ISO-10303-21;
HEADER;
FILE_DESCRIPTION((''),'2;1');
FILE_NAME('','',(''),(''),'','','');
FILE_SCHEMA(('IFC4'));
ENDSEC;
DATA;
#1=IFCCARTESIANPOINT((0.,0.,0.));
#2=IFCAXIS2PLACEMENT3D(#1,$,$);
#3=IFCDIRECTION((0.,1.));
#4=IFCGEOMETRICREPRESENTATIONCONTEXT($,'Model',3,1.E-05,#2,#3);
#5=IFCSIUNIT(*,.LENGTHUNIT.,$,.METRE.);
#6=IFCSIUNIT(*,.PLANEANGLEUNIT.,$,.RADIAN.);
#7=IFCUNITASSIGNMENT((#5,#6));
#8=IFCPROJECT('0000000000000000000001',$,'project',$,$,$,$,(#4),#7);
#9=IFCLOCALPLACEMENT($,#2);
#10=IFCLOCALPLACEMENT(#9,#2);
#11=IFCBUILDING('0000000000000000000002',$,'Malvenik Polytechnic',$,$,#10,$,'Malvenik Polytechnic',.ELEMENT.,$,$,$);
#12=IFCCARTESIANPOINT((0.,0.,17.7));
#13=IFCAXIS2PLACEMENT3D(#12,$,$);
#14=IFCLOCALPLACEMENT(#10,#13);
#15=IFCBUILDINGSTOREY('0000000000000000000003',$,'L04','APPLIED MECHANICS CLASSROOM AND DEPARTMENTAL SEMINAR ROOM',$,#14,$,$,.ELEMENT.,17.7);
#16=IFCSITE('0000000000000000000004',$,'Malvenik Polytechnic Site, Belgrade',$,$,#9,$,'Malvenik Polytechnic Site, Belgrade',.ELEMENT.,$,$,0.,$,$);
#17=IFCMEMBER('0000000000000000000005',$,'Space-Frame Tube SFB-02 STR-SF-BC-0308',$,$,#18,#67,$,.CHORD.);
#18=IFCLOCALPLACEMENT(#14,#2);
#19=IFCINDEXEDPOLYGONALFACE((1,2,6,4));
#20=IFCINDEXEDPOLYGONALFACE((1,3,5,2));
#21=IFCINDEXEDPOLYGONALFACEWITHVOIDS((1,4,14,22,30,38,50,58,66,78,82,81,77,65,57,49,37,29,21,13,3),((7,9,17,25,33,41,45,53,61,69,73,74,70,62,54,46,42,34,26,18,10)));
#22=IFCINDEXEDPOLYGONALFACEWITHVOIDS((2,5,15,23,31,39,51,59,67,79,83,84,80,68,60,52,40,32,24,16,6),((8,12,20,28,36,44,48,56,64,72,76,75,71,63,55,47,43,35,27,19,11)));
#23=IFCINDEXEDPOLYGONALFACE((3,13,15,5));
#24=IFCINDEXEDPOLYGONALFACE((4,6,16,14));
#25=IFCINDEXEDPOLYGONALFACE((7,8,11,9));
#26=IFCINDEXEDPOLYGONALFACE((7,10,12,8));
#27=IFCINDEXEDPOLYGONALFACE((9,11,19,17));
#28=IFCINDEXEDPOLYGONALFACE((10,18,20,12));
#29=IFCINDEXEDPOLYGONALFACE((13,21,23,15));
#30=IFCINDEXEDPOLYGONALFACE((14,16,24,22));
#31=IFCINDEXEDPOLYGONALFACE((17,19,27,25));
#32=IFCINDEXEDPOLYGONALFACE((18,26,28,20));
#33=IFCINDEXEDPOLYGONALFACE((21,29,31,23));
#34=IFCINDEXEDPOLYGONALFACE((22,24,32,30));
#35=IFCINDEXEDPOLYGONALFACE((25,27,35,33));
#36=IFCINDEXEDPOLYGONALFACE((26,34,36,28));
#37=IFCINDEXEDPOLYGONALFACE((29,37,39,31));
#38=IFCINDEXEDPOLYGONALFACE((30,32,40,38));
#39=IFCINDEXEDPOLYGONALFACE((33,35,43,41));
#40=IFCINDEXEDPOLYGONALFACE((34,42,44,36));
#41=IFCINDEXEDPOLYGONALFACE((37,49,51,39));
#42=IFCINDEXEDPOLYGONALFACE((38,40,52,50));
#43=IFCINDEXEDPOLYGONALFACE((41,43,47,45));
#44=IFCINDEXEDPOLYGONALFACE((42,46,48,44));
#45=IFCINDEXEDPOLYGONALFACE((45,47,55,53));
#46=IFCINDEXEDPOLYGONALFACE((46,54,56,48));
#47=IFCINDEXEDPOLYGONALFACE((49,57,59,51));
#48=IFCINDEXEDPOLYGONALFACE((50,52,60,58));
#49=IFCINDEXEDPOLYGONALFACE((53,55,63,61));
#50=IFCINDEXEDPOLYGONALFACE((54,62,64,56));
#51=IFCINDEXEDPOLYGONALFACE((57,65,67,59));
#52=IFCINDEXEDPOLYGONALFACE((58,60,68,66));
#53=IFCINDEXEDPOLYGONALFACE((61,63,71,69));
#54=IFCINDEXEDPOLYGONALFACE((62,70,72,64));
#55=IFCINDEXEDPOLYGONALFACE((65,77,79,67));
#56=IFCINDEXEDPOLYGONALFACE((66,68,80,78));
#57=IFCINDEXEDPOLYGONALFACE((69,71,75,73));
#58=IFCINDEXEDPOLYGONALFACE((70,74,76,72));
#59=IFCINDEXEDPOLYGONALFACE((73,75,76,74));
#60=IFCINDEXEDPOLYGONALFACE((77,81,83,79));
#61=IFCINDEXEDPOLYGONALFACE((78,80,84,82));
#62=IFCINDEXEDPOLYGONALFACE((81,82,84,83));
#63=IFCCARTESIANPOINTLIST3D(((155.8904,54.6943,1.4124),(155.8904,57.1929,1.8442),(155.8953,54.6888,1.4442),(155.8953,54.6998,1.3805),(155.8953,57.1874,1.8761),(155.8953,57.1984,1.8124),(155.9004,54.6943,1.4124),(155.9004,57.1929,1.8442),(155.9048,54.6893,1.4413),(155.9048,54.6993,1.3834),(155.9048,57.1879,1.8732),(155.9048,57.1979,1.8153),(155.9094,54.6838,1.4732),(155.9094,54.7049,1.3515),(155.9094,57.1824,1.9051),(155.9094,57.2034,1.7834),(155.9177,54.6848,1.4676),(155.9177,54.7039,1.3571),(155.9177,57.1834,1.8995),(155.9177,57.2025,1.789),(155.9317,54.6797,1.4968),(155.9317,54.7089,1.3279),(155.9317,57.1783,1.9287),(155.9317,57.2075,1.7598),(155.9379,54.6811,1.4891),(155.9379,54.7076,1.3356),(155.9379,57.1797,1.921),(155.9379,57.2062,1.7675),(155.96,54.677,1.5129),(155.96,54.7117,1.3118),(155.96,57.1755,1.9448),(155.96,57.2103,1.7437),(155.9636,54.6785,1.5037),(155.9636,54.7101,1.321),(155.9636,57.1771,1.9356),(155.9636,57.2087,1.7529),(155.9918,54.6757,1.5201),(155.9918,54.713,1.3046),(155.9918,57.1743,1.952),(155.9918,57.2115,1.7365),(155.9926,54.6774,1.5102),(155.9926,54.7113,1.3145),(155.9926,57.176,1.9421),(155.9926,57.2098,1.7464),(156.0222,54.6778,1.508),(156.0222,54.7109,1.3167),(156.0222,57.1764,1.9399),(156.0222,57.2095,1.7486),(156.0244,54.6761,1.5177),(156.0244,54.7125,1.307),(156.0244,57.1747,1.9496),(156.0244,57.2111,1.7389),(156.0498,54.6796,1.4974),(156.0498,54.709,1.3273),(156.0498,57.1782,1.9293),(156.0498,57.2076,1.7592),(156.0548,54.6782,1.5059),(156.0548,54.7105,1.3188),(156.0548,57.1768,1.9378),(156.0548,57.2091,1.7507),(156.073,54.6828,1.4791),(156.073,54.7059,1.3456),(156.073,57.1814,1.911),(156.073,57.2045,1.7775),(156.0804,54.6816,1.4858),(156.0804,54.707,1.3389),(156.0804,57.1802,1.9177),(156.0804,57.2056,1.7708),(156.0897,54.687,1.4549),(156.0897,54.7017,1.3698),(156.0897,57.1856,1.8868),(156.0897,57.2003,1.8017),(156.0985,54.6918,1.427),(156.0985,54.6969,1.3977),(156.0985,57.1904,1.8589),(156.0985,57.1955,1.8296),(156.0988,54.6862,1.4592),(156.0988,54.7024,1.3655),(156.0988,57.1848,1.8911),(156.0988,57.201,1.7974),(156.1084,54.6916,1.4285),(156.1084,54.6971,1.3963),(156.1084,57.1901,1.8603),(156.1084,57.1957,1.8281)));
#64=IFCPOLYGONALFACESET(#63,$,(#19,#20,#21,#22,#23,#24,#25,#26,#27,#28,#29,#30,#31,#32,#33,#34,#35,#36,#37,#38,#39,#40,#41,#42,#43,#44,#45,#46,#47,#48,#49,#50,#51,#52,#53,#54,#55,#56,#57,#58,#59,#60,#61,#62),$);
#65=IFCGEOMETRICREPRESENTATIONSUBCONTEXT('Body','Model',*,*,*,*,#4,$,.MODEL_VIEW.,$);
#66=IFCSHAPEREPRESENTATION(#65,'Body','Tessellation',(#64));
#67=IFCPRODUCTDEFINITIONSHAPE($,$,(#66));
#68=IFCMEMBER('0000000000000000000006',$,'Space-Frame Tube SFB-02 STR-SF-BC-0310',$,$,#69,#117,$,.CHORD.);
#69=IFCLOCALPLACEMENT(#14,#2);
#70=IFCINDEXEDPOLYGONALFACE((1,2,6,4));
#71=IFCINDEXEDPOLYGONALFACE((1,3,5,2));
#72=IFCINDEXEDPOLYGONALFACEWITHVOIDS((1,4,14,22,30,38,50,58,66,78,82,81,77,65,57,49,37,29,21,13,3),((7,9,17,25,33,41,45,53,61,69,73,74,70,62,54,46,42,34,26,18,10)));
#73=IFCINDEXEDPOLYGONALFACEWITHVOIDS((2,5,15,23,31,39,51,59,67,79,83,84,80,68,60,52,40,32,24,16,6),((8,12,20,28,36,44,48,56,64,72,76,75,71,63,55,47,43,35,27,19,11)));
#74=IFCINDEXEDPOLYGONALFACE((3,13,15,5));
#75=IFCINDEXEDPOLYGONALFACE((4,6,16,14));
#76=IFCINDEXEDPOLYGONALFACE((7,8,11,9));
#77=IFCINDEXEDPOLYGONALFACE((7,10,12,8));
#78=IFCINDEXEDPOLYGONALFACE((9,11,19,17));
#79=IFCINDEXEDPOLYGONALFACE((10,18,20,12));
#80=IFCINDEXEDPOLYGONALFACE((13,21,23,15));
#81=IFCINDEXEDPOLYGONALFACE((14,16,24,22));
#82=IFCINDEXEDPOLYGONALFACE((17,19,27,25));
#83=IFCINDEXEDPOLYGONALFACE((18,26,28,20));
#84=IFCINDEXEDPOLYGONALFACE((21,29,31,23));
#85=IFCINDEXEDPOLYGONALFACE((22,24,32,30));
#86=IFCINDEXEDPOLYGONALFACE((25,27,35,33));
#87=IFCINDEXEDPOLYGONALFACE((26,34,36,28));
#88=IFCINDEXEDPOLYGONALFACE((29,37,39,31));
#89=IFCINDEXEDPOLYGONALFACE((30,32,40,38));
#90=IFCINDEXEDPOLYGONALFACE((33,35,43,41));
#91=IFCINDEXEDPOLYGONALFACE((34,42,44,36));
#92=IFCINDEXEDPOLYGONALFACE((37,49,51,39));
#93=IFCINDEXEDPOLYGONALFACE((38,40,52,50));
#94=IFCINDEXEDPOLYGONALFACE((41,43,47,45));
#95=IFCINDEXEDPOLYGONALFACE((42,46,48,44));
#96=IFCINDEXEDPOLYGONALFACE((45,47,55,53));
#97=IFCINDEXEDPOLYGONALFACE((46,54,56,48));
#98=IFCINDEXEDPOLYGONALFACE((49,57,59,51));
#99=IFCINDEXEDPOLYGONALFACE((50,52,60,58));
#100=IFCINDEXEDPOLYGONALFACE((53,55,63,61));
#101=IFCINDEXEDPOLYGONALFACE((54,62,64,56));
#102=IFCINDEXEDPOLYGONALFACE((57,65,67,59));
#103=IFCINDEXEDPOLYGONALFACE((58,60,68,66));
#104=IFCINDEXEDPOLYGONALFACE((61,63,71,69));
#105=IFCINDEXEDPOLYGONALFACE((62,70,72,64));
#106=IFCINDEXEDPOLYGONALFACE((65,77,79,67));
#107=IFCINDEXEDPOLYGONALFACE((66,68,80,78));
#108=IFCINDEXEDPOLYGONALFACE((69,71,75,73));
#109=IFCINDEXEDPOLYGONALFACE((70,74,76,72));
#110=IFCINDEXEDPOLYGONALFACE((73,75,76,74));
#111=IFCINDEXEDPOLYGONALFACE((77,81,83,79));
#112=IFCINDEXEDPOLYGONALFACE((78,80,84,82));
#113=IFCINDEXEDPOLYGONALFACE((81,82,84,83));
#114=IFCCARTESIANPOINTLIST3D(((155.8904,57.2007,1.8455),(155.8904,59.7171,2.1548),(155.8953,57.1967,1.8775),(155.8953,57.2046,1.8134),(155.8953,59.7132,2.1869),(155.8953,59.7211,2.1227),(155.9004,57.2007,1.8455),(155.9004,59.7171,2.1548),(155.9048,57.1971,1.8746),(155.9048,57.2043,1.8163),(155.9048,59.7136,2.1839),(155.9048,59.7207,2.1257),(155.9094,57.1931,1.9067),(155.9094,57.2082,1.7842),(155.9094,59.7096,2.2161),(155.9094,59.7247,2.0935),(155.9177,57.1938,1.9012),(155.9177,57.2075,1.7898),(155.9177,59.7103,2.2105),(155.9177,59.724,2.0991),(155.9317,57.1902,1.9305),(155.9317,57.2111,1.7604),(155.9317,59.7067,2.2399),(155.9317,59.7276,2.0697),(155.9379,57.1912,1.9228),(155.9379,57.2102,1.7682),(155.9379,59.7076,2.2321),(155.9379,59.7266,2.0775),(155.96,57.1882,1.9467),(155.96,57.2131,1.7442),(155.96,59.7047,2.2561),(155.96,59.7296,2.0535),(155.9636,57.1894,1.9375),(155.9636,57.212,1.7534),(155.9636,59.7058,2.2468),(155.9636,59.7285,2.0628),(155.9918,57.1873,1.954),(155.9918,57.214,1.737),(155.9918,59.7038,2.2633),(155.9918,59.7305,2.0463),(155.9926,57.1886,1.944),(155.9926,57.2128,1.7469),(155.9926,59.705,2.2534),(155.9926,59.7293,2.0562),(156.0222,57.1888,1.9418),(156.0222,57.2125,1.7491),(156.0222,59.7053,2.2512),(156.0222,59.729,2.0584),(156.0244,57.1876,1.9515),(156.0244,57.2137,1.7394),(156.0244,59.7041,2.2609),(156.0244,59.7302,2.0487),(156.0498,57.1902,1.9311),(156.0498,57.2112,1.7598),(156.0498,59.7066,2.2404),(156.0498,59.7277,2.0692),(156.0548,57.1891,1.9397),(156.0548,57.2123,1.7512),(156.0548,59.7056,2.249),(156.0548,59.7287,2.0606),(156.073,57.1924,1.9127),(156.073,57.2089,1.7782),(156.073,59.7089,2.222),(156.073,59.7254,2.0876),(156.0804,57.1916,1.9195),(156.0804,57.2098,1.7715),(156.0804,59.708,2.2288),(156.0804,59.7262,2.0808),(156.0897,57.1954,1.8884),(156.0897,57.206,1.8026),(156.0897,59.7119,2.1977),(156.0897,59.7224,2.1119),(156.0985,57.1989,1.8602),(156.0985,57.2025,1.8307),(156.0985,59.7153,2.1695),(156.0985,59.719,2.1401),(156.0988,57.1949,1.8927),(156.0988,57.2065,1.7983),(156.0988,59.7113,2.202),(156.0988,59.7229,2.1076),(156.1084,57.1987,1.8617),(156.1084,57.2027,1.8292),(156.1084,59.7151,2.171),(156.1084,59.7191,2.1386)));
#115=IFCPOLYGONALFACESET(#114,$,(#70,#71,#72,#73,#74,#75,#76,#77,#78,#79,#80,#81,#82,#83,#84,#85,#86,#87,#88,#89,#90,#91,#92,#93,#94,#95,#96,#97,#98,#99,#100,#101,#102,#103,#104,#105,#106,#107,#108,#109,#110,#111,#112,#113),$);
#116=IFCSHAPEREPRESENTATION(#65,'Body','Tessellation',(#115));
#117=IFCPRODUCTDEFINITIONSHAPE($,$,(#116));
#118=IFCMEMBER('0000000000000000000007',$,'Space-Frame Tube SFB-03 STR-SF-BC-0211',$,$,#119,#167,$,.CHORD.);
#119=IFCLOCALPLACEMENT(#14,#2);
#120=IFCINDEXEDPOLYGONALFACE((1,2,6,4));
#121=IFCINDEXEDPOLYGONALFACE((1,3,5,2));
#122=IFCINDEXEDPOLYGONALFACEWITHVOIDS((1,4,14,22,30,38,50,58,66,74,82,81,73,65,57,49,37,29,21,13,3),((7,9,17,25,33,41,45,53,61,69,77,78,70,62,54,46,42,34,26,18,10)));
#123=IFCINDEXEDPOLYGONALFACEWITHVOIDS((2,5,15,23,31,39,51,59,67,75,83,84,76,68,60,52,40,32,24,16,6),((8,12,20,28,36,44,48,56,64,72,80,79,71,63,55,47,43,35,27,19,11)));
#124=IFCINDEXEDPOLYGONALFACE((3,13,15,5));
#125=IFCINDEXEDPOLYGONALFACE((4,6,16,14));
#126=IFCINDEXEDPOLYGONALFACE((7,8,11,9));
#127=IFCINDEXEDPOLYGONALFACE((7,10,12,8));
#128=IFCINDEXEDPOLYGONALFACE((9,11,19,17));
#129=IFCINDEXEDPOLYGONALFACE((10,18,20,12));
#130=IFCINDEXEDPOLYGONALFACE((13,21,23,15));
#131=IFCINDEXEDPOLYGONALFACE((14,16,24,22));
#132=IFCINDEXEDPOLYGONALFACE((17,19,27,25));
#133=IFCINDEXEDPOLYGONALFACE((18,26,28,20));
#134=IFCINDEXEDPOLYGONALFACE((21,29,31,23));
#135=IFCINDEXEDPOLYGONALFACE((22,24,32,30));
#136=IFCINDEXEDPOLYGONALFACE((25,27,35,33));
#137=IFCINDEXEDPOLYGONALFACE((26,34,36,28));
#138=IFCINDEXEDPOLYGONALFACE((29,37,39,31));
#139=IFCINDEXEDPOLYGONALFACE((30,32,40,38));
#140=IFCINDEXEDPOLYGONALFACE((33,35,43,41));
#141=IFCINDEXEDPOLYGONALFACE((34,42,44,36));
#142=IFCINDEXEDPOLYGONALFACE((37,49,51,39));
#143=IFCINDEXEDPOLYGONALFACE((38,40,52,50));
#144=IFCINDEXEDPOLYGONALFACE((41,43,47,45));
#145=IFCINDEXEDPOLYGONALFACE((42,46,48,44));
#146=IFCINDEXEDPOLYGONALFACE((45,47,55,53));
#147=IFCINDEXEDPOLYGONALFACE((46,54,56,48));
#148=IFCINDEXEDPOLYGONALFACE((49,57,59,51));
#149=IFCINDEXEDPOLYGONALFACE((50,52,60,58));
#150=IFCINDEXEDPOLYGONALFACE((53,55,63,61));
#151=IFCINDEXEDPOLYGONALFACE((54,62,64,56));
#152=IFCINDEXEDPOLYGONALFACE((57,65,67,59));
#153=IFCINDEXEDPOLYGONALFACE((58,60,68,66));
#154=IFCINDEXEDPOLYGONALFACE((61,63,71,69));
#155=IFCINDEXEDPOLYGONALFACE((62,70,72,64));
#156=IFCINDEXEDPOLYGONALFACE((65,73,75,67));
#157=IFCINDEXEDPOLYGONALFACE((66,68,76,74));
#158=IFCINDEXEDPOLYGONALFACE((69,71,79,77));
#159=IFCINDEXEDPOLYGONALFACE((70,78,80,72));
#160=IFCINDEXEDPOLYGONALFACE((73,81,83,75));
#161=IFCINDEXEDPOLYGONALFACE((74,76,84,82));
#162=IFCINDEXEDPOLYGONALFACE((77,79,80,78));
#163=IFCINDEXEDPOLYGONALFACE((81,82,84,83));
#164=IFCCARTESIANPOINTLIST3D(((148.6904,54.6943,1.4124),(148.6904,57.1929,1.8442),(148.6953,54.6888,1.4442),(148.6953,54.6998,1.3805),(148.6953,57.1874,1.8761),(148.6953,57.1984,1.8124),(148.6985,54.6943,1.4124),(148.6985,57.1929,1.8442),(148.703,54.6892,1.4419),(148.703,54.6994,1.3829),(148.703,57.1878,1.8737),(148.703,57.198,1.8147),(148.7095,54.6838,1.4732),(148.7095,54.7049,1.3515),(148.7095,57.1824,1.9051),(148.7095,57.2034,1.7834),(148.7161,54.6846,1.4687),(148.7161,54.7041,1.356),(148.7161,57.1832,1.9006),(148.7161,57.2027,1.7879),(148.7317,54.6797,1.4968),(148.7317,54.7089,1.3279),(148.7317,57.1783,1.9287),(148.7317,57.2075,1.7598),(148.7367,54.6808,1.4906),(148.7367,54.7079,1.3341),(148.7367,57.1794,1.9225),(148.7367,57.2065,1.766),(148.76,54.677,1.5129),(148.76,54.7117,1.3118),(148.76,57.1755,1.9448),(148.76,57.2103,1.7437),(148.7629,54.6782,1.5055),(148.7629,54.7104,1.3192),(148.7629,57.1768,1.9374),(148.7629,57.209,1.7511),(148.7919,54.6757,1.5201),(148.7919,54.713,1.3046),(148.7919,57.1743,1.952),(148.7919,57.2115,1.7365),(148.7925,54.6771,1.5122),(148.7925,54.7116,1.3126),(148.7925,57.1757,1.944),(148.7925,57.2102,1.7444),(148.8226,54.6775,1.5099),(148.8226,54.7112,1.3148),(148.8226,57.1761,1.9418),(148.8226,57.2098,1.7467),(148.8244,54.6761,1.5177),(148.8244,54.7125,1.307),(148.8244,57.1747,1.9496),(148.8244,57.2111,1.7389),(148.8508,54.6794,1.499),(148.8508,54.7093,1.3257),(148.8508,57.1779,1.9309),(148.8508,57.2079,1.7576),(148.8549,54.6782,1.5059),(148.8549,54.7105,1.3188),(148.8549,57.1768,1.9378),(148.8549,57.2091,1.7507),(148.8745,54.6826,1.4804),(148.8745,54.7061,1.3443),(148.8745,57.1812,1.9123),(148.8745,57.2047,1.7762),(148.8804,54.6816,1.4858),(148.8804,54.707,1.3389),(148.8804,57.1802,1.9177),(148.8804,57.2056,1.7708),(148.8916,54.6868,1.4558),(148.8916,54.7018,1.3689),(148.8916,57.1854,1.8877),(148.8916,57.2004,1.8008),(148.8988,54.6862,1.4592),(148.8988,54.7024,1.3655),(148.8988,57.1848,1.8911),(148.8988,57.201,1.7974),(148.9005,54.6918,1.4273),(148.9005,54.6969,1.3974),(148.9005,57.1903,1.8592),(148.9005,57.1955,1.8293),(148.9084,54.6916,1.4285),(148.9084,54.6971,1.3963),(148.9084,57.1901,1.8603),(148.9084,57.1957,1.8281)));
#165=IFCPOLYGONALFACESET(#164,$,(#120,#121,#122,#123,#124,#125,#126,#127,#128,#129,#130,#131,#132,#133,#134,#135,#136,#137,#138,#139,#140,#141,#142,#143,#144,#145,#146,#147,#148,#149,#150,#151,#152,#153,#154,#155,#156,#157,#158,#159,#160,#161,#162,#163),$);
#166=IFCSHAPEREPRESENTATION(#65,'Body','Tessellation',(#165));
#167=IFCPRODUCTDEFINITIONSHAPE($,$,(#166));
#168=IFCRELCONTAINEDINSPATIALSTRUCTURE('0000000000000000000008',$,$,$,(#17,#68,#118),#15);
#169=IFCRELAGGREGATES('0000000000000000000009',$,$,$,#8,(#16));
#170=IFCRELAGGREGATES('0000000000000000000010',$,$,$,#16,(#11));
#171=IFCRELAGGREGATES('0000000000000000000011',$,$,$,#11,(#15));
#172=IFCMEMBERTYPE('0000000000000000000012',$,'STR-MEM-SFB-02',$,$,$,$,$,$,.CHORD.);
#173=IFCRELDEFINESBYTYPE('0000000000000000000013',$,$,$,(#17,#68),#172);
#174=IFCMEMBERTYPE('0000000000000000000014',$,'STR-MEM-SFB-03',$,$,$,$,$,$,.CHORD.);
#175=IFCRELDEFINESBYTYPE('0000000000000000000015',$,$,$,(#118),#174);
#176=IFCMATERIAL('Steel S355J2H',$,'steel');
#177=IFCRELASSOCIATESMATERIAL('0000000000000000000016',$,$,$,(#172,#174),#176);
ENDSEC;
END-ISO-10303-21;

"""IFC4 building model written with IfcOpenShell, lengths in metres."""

from ifc_helpers import new_model, si_unit, direction, frame, origin, origin_2d, place, context, subcontext, project, spatial, hollow_circle, extrude, material, material_profile, profile_set, type_object, element, save


model = new_model("IFC4")

# Units and contexts
model_context = context("Model", 3, precision=1e-05, world=origin(), true_north=direction((0.0, 1.0)))
body_context = subcontext(model_context, "Body", "Model", "MODEL_VIEW")
ifc_project = project(units=[si_unit("LENGTHUNIT", "METRE"), si_unit("PLANEANGLEUNIT", "RADIAN")], contexts=[model_context])

# Site, building, storey
site_placement = place(None, origin())
site = spatial("IfcSite", under=ifc_project, at=site_placement, Name="Malvenik Polytechnic Site, Belgrade", LongName="Malvenik Polytechnic Site, Belgrade", CompositionType="ELEMENT", RefElevation=0.0)
building_placement = place(site_placement, origin())
building = spatial("IfcBuilding", under=site, at=building_placement, Name="Malvenik Polytechnic", LongName="Malvenik Polytechnic", CompositionType="ELEMENT")
storey_placement = place(building_placement, frame((0.0, 0.0, 17.7)))
storey = spatial("IfcBuildingStorey", under=building, at=storey_placement, Name="L04", Description="APPLIED MECHANICS CLASSROOM AND DEPARTMENTAL SEMINAR ROOM", CompositionType="ELEMENT", Elevation=17.7)

# Members
ifc_material_1 = material(Name="Steel S355J2H", Category="steel")
ifc_material_profile_1 = material_profile(ifc_material_1, hollow_circle(Radius=0.1096, WallThickness=0.01, at=origin_2d()), Name="CHS 219.1x10.0")
ifc_profile_set_1 = profile_set([ifc_material_profile_1], Name="Steel S355J2H")
member_type_1 = type_object("IfcMemberType", Name="STR-MEM-SFB-02", PredefinedType="CHORD", material=ifc_profile_set_1)
member_1_placement = place(storey_placement, frame((156.0, 54.6943, 1.4124), z_axis=(0.0, 0.985387, 0.170329), x_axis=(-1.0, 0.0, 0.0)))
element("IfcMember", 1, at=member_1_placement, inside=storey, type_object=member_type_1, Name="Space-Frame Tube SFB-02 STR-SF-BC-0308", PredefinedType="CHORD", context=body_context, shape_type="SweptSolid", body=[
    extrude(hollow_circle(Radius=0.1096, WallThickness=0.01, at=origin_2d()), origin(), (0.0, 0.0, 1.0), 2.5356),
])
member_2_placement = place(storey_placement, frame((156.0, 57.2007, 1.8455), z_axis=(0.0, 0.992529, 0.122008), x_axis=(-1.0, 0.0, 0.0)))
element("IfcMember", 2, at=member_2_placement, inside=storey, type_object=member_type_1, Name="Space-Frame Tube SFB-02 STR-SF-BC-0310", PredefinedType="CHORD", context=body_context, shape_type="SweptSolid", body=[
    extrude(hollow_circle(Radius=0.1096, WallThickness=0.01, at=origin_2d()), origin(), (0.0, 0.0, 1.0), 2.5354),
])
ifc_material_profile_2 = material_profile(ifc_material_1, hollow_circle(Radius=0.1096, WallThickness=0.0081, at=origin_2d()), Name="CHS 219.1x8.0")
ifc_profile_set_2 = profile_set([ifc_material_profile_2], Name="Steel S355J2H")
member_type_2 = type_object("IfcMemberType", Name="STR-MEM-SFB-03", PredefinedType="CHORD", material=ifc_profile_set_2)
member_3_placement = place(storey_placement, frame((148.8, 54.6943, 1.4124), z_axis=(0.0, 0.985387, 0.170329), x_axis=(-1.0, 0.0, 0.0)))
element("IfcMember", 3, at=member_3_placement, inside=storey, type_object=member_type_2, Name="Space-Frame Tube SFB-03 STR-SF-BC-0211", PredefinedType="CHORD", context=body_context, shape_type="SweptSolid", body=[
    extrude(hollow_circle(Radius=0.1096, WallThickness=0.0081, at=origin_2d()), origin(), (0.0, 0.0, 1.0), 2.5356),
])

save(model, "model.ifc")
